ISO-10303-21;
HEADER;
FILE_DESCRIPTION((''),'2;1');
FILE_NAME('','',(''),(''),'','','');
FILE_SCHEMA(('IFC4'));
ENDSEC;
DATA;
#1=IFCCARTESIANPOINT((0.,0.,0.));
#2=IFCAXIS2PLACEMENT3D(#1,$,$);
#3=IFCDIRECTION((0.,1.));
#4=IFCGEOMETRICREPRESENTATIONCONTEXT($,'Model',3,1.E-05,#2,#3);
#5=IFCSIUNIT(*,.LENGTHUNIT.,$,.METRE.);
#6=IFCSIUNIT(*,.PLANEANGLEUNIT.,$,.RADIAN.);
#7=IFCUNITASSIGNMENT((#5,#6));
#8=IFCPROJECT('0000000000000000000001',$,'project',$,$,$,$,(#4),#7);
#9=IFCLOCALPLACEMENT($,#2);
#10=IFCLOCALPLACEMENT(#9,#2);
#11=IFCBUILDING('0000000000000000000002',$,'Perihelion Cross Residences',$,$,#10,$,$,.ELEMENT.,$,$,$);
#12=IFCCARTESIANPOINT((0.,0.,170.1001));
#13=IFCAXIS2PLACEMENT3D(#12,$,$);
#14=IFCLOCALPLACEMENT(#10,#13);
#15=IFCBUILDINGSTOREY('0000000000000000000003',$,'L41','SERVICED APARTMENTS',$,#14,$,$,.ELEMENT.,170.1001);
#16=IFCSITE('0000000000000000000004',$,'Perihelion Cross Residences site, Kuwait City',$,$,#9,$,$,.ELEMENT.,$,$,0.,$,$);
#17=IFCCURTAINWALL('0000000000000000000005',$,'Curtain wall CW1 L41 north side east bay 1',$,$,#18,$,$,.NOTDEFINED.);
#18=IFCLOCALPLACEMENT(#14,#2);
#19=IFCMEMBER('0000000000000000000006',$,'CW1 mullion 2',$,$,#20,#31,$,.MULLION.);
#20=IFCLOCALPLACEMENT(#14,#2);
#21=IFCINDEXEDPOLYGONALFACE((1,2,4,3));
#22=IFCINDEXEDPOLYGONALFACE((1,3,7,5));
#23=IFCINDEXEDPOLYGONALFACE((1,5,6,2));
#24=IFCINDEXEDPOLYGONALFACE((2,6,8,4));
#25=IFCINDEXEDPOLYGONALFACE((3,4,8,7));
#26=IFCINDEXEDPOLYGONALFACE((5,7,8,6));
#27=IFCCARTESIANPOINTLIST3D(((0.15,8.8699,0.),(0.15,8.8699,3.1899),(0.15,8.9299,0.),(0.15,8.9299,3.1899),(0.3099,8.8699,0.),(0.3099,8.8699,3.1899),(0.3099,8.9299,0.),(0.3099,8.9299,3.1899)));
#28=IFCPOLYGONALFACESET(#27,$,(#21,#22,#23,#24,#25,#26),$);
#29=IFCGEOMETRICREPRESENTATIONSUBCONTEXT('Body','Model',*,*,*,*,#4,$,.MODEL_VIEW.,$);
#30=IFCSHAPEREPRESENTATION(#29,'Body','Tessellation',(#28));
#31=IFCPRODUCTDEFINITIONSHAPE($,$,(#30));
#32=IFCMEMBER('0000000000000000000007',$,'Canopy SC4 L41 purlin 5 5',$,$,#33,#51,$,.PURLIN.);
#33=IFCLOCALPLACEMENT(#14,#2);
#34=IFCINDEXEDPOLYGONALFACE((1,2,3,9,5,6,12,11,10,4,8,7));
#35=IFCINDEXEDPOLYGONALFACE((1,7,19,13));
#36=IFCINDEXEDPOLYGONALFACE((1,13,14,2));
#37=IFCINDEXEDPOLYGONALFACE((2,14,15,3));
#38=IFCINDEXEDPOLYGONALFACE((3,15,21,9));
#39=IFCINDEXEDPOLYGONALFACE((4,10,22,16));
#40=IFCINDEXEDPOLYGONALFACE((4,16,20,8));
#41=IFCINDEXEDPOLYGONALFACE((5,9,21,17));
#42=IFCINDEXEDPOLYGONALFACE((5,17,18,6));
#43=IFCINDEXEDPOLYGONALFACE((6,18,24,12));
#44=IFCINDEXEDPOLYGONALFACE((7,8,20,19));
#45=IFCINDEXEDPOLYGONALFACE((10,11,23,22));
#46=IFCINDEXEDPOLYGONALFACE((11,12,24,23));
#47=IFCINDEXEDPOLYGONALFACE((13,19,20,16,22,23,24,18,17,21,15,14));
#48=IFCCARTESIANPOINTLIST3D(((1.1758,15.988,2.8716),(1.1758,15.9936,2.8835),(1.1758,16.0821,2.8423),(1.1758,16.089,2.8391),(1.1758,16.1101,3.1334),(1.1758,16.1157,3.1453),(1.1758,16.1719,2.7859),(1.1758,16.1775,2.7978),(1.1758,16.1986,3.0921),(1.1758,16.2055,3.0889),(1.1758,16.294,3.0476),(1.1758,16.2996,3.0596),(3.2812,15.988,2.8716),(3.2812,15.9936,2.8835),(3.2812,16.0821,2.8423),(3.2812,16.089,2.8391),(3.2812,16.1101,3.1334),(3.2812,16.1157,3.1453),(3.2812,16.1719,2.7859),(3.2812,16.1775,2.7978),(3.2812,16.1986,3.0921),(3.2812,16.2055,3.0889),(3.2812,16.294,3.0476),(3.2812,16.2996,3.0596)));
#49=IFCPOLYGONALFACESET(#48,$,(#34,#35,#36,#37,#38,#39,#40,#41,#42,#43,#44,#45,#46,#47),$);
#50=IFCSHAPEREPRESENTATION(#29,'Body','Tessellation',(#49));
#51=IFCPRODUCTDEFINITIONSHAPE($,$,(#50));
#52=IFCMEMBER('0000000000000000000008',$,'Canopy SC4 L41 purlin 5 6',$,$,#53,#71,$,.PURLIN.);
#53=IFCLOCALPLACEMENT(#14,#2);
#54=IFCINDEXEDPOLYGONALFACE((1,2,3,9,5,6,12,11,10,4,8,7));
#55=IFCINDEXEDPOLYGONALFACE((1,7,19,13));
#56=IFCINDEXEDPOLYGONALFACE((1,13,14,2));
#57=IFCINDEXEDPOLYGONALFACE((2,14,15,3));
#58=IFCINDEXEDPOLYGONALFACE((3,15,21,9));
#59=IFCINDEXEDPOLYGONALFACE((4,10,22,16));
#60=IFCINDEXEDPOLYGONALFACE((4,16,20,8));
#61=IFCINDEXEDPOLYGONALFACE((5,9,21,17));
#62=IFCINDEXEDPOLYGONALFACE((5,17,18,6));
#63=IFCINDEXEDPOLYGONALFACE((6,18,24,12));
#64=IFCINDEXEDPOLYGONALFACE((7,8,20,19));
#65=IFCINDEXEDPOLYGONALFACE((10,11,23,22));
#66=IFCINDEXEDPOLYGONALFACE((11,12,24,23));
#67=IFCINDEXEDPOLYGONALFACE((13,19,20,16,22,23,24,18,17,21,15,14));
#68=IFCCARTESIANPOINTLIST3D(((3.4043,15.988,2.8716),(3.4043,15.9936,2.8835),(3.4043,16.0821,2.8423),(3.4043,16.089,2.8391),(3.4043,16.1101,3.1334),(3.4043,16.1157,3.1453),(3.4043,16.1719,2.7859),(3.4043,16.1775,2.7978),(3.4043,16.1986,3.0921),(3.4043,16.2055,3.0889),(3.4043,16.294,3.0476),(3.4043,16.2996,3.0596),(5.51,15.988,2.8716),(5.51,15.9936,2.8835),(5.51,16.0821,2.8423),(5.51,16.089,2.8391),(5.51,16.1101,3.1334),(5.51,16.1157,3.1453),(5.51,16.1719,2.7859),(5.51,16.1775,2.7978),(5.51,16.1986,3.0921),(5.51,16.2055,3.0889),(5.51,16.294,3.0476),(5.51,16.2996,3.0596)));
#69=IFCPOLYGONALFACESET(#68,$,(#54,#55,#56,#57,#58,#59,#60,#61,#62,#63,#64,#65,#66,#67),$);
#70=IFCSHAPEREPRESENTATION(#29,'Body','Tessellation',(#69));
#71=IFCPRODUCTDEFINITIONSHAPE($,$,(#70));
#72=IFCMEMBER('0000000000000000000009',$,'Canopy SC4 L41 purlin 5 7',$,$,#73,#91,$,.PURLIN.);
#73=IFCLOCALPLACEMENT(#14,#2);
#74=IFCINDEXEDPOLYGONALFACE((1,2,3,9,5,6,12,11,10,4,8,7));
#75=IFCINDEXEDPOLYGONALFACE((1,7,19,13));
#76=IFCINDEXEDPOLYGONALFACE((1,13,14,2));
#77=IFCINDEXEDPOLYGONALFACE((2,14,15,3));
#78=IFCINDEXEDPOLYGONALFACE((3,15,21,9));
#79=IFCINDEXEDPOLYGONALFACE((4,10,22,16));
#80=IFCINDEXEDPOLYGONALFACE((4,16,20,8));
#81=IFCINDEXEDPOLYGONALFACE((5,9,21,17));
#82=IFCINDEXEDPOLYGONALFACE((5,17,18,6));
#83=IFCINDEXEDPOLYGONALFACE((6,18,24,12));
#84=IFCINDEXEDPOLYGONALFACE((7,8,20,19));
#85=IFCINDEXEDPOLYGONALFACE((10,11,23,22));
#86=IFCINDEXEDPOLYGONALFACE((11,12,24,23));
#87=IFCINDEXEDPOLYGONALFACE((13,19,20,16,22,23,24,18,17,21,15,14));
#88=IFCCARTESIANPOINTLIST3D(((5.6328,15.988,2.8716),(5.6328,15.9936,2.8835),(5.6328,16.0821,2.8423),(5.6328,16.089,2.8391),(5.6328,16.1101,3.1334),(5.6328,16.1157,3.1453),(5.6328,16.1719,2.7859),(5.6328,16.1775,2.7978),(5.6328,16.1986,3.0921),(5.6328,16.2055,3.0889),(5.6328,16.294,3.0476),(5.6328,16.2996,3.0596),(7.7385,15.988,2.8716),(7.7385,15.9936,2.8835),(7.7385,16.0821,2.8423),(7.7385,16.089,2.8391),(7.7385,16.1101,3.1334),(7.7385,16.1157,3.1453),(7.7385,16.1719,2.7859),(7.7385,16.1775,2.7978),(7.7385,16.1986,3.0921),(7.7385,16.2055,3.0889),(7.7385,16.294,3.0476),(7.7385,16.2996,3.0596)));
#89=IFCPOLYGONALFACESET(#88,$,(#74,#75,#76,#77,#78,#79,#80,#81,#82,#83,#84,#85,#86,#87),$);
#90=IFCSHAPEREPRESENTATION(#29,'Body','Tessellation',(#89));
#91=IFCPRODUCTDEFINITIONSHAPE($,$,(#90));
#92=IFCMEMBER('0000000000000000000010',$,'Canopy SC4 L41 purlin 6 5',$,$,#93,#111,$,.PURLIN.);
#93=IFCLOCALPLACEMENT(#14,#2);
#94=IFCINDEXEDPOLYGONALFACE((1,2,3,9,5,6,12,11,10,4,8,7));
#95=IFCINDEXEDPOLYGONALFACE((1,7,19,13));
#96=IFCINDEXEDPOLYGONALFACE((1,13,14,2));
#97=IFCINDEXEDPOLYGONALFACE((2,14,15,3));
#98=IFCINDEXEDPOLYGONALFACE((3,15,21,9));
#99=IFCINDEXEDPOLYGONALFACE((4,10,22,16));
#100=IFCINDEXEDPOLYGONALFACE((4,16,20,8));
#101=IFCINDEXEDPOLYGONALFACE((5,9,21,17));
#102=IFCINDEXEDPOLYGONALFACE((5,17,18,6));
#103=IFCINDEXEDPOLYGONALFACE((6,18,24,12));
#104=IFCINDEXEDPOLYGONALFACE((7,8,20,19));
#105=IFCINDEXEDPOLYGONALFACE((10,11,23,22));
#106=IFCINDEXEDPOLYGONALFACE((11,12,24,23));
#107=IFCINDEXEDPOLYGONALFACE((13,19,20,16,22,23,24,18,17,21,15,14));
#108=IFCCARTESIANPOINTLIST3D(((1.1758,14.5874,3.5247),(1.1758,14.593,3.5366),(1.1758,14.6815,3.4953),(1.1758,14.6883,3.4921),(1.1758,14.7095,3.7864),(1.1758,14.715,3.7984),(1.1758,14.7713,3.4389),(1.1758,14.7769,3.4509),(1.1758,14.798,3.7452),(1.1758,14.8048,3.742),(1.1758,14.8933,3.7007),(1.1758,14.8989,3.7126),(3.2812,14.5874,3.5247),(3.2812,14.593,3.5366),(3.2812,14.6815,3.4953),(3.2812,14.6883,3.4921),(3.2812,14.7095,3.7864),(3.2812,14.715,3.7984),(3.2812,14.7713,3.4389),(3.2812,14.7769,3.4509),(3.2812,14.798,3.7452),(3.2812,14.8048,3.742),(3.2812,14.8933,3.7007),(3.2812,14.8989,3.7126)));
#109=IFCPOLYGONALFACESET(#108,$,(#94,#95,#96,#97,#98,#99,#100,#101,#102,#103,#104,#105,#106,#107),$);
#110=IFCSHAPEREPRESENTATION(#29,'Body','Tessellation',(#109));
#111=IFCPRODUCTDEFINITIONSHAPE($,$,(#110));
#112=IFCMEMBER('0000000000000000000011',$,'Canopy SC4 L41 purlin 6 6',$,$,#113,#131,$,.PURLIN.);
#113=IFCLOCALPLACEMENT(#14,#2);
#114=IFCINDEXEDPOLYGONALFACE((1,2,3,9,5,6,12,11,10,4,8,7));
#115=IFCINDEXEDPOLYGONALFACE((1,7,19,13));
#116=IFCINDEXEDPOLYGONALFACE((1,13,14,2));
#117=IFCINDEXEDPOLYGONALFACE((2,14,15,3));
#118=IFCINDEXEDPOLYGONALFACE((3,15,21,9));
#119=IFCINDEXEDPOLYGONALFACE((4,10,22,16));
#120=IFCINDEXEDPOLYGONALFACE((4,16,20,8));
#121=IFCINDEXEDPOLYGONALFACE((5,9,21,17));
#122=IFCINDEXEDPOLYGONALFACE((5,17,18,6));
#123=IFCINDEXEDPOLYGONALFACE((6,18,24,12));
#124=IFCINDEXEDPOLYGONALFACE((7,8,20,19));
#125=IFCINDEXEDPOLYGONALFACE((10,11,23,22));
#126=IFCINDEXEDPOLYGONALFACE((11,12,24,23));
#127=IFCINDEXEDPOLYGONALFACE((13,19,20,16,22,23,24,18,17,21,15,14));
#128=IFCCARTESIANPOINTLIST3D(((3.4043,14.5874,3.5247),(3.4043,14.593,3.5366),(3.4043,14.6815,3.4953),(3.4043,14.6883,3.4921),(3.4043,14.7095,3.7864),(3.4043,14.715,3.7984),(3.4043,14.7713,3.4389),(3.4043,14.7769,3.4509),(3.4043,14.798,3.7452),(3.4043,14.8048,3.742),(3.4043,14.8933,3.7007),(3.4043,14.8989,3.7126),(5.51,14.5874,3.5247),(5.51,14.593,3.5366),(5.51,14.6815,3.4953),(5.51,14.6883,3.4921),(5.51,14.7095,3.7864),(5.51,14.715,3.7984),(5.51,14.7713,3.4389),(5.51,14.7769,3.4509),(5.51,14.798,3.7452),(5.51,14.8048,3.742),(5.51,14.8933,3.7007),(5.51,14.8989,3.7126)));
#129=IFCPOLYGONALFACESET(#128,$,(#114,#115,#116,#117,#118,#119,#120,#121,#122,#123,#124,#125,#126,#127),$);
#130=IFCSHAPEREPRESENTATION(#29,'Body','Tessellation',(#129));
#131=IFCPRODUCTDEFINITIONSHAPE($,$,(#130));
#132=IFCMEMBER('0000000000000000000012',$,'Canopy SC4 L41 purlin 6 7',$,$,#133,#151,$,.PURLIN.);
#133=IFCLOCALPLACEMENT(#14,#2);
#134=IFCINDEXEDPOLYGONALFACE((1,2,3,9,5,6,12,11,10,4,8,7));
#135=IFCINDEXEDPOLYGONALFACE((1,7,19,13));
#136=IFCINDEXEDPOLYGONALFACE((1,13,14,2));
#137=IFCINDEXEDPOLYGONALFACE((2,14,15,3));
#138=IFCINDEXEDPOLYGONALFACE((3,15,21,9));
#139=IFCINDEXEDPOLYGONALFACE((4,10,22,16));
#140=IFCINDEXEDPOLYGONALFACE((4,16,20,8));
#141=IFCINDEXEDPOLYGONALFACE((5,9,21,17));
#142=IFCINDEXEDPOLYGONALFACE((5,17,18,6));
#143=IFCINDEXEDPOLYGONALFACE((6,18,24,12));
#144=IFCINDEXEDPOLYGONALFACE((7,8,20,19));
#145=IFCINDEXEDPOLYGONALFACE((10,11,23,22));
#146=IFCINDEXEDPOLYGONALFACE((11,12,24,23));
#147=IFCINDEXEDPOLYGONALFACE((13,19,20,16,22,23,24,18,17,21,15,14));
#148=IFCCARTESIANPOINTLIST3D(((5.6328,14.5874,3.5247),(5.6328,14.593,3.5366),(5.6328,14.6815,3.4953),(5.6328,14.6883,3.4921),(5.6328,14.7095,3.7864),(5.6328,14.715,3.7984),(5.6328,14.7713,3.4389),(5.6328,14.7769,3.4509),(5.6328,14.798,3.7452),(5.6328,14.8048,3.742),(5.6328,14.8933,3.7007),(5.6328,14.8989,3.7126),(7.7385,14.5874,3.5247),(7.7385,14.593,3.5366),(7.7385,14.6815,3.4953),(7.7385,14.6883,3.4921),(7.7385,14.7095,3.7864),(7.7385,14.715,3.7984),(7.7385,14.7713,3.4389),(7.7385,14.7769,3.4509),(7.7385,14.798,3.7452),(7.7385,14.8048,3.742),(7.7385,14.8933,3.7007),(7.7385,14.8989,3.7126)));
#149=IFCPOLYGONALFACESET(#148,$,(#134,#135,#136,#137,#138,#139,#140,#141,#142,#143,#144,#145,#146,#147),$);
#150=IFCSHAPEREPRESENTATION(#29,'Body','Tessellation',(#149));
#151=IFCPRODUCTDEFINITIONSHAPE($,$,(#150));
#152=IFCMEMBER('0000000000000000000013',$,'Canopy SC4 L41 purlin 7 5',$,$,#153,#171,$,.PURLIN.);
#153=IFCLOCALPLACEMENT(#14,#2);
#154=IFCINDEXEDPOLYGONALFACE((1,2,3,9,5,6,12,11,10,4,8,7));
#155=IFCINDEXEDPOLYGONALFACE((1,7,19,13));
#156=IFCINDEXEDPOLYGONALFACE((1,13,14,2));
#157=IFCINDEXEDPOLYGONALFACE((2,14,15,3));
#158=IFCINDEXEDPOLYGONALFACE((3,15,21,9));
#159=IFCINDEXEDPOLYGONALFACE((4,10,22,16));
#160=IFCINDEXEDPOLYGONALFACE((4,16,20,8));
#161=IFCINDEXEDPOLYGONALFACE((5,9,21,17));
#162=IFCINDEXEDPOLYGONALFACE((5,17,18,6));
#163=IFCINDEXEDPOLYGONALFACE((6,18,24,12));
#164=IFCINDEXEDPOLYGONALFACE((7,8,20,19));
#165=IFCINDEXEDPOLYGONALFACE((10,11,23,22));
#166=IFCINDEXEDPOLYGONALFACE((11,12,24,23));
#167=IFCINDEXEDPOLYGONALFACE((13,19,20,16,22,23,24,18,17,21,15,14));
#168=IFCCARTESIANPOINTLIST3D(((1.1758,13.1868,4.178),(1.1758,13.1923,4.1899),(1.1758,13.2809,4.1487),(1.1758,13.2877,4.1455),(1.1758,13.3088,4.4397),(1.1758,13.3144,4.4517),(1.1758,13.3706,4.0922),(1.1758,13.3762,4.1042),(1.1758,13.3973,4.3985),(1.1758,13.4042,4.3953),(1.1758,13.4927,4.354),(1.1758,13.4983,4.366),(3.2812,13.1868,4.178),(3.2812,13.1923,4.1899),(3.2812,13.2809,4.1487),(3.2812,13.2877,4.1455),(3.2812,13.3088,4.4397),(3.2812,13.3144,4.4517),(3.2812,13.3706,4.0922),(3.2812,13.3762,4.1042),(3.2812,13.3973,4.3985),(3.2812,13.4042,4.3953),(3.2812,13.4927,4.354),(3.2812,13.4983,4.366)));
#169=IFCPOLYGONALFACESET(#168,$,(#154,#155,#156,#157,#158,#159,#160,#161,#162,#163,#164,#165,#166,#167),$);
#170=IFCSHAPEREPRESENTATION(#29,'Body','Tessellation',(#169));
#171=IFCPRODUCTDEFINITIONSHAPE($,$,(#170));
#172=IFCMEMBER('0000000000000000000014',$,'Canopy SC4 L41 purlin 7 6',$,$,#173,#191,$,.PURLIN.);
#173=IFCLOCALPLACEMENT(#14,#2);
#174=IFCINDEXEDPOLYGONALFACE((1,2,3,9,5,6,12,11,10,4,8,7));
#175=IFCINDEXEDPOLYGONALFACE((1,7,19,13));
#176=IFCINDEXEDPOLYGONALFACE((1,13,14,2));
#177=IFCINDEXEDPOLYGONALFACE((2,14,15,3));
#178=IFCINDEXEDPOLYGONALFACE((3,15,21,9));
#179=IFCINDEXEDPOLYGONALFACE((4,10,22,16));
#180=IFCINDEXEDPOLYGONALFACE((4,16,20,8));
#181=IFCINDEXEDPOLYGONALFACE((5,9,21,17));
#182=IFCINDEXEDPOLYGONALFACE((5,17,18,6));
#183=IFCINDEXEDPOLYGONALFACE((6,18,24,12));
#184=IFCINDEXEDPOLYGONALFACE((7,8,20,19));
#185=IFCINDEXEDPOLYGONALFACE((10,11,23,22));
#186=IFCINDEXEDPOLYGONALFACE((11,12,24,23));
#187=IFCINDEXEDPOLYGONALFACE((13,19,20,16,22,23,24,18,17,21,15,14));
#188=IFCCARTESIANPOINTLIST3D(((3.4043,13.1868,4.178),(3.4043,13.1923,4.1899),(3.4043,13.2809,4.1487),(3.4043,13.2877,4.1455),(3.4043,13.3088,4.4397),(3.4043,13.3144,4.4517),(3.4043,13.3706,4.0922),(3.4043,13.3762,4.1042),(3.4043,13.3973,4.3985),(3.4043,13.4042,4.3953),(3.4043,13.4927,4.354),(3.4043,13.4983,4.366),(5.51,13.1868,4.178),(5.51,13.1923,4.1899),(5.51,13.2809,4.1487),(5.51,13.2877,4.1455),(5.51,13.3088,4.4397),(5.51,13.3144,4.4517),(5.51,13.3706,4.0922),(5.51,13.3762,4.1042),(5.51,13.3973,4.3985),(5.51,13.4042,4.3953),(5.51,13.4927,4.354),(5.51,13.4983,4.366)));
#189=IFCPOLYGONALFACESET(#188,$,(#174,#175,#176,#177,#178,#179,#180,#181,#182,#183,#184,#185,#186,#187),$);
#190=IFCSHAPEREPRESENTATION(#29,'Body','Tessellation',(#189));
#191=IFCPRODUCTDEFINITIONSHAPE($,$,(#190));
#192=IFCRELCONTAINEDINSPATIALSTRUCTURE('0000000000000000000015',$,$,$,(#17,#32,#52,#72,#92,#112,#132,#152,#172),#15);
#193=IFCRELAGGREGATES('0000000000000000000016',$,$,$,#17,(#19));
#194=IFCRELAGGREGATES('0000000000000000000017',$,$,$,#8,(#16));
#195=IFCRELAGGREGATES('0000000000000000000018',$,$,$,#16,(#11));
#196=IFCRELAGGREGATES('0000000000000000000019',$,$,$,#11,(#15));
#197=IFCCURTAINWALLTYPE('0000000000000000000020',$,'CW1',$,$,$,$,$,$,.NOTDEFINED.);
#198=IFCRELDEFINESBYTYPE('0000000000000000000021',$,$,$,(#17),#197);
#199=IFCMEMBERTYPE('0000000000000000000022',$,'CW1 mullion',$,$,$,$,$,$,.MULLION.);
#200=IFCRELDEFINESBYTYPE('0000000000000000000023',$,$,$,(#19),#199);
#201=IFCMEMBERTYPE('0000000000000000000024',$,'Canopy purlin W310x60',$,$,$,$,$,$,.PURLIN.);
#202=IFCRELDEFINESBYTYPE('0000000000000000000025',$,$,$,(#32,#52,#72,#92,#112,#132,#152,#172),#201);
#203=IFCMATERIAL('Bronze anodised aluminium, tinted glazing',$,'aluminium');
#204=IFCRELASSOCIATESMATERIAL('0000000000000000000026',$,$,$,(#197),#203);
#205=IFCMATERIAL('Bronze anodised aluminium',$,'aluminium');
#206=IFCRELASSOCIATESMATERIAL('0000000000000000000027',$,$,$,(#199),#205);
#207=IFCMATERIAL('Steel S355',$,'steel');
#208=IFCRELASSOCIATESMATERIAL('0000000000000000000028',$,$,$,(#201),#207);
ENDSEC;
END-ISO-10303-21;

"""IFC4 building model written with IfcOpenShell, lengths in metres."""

from ifc_helpers import new_model, si_unit, direction, frame, origin, origin_2d, place, context, subcontext, project, spatial, rectangle, i_section, extrude, material, material_profile, profile_set, type_object, element, aggregate, save


model = new_model("IFC4")

# Units and contexts
model_context = context("Model", 3, precision=1e-05, world=origin(), true_north=direction((0.0, 1.0)))
body_context = subcontext(model_context, "Body", "Model", "MODEL_VIEW")
ifc_project = project(units=[si_unit("LENGTHUNIT", "METRE"), si_unit("PLANEANGLEUNIT", "RADIAN")], contexts=[model_context])

# Site, building, storey
site_placement = place(None, origin())
site = spatial("IfcSite", under=ifc_project, at=site_placement, Name="Perihelion Cross Residences site, Kuwait City", CompositionType="ELEMENT", RefElevation=0.0)
building_placement = place(site_placement, origin())
building = spatial("IfcBuilding", under=site, at=building_placement, Name="Perihelion Cross Residences", CompositionType="ELEMENT")
storey_placement = place(building_placement, frame((0.0, 0.0, 170.1001)))
storey = spatial("IfcBuildingStorey", under=building, at=storey_placement, Name="L41", Description="SERVICED APARTMENTS", CompositionType="ELEMENT", Elevation=170.1001)

# Curtain wall, member
ifc_material_1 = material(Name="Bronze anodised aluminium, tinted glazing", Category="aluminium")
curtain_wall_type = type_object("IfcCurtainWallType", Name="CW1", PredefinedType="NOTDEFINED", material=ifc_material_1)
curtain_wall_placement = place(storey_placement, origin())
curtain_wall = element("IfcCurtainWall", 1, at=curtain_wall_placement, inside=storey, type_object=curtain_wall_type, Name="Curtain wall CW1 L41 north side east bay 1", PredefinedType="NOTDEFINED")
ifc_material_2 = material(Name="Bronze anodised aluminium", Category="aluminium")
ifc_material_profile_1 = material_profile(ifc_material_2, rectangle(XDim=0.0601, YDim=0.1599, at=origin_2d()), Name="CW1 mullion")
ifc_profile_set_1 = profile_set([ifc_material_profile_1], Name="Bronze anodised aluminium")
member_type_1 = type_object("IfcMemberType", Name="CW1 mullion", PredefinedType="MULLION", material=ifc_profile_set_1)
member_1_placement = place(storey_placement, frame((0.23, 8.8999, 0.0), z_axis=(0.0, 0.0, 1.0), x_axis=(0.0, -1.0, 0.0)))
member_1 = element("IfcMember", 2, at=member_1_placement, type_object=member_type_1, Name="CW1 mullion 2", PredefinedType="MULLION", context=body_context, shape_type="SweptSolid", body=[
    extrude(rectangle(XDim=0.0601, YDim=0.1599, at=origin_2d()), origin(), (0.0, 0.0, 1.0), 3.1899),
])

# Members
ifc_material_3 = material(Name="Steel S355", Category="steel")
ifc_material_profile_2 = material_profile(ifc_material_3, i_section(OverallWidth=0.2029, OverallDepth=0.302, WebThickness=0.0076, FlangeThickness=0.0132, at=origin_2d()), Name="W310x60")
ifc_profile_set_2 = profile_set([ifc_material_profile_2], Name="Steel S355")
member_type_2 = type_object("IfcMemberType", Name="Canopy purlin W310x60", PredefinedType="PURLIN", material=ifc_profile_set_2)
member_2_placement = place(storey_placement, frame((1.1758, 16.1438, 2.9656), z_axis=(1.0, 0.0, 0.0), x_axis=(0.0, 0.906308, -0.422618)))
element("IfcMember", 3, at=member_2_placement, inside=storey, type_object=member_type_2, Name="Canopy SC4 L41 purlin 5 5", PredefinedType="PURLIN", context=body_context, shape_type="SweptSolid", body=[
    extrude(i_section(OverallWidth=0.2029, OverallDepth=0.302, WebThickness=0.0076, FlangeThickness=0.0132, at=origin_2d()), origin(), (0.0, 0.0, 1.0), 2.1055),
])
for number, where, z_axis, x_axis, name in (
    (4, (3.4043, 16.1438, 2.9656), (1.0, 0.0, 0.0), (0.0, 0.906308, -0.422618), "Canopy SC4 L41 purlin 5 6"),
    (5, (5.6328, 16.1438, 2.9656), (1.0, 0.0, 0.0), (0.0, 0.906308, -0.422618), "Canopy SC4 L41 purlin 5 7"),
):
    element("IfcMember", number, at=place(storey_placement, frame(where, z_axis=z_axis, x_axis=x_axis)), inside=storey, type_object=member_type_2, Name=name, PredefinedType="PURLIN", context=body_context, shape_type="SweptSolid", body=[
        extrude(i_section(OverallWidth=0.2029, OverallDepth=0.302, WebThickness=0.0076, FlangeThickness=0.0132, at=origin_2d()), origin(), (0.0, 0.0, 1.0), 2.1057),
    ])
member_3_placement = place(storey_placement, frame((1.1758, 14.7432, 3.6187), z_axis=(1.0, 0.0, 0.0), x_axis=(0.0, 0.906308, -0.422618)))
element("IfcMember", 6, at=member_3_placement, inside=storey, type_object=member_type_2, Name="Canopy SC4 L41 purlin 6 5", PredefinedType="PURLIN", context=body_context, shape_type="SweptSolid", body=[
    extrude(i_section(OverallWidth=0.2029, OverallDepth=0.302, WebThickness=0.0076, FlangeThickness=0.0132, at=origin_2d()), origin(), (0.0, 0.0, 1.0), 2.1055),
])
for number, where, z_axis, x_axis, name in (
    (7, (3.4043, 14.7432, 3.6187), (1.0, 0.0, 0.0), (0.0, 0.906308, -0.422618), "Canopy SC4 L41 purlin 6 6"),
    (8, (5.6328, 14.7432, 3.6187), (1.0, 0.0, 0.0), (0.0, 0.906308, -0.422618), "Canopy SC4 L41 purlin 6 7"),
):
    element("IfcMember", number, at=place(storey_placement, frame(where, z_axis=z_axis, x_axis=x_axis)), inside=storey, type_object=member_type_2, Name=name, PredefinedType="PURLIN", context=body_context, shape_type="SweptSolid", body=[
        extrude(i_section(OverallWidth=0.2029, OverallDepth=0.302, WebThickness=0.0076, FlangeThickness=0.0132, at=origin_2d()), origin(), (0.0, 0.0, 1.0), 2.1057),
    ])
member_4_placement = place(storey_placement, frame((1.1758, 13.3425, 4.272), z_axis=(1.0, 0.0, 0.0), x_axis=(0.0, 0.906308, -0.422618)))
element("IfcMember", 9, at=member_4_placement, inside=storey, type_object=member_type_2, Name="Canopy SC4 L41 purlin 7 5", PredefinedType="PURLIN", context=body_context, shape_type="SweptSolid", body=[
    extrude(i_section(OverallWidth=0.2029, OverallDepth=0.302, WebThickness=0.0076, FlangeThickness=0.0132, at=origin_2d()), origin(), (0.0, 0.0, 1.0), 2.1055),
])
for number, where, z_axis, x_axis, name in (
    (10, (3.4043, 13.3425, 4.272), (1.0, 0.0, 0.0), (0.0, 0.906308, -0.422618), "Canopy SC4 L41 purlin 7 6"),
):
    element("IfcMember", number, at=place(storey_placement, frame(where, z_axis=z_axis, x_axis=x_axis)), inside=storey, type_object=member_type_2, Name=name, PredefinedType="PURLIN", context=body_context, shape_type="SweptSolid", body=[
        extrude(i_section(OverallWidth=0.2029, OverallDepth=0.302, WebThickness=0.0076, FlangeThickness=0.0132, at=origin_2d()), origin(), (0.0, 0.0, 1.0), 2.1057),
    ])

aggregate(curtain_wall, [member_1])

save(model, "model.ifc")
